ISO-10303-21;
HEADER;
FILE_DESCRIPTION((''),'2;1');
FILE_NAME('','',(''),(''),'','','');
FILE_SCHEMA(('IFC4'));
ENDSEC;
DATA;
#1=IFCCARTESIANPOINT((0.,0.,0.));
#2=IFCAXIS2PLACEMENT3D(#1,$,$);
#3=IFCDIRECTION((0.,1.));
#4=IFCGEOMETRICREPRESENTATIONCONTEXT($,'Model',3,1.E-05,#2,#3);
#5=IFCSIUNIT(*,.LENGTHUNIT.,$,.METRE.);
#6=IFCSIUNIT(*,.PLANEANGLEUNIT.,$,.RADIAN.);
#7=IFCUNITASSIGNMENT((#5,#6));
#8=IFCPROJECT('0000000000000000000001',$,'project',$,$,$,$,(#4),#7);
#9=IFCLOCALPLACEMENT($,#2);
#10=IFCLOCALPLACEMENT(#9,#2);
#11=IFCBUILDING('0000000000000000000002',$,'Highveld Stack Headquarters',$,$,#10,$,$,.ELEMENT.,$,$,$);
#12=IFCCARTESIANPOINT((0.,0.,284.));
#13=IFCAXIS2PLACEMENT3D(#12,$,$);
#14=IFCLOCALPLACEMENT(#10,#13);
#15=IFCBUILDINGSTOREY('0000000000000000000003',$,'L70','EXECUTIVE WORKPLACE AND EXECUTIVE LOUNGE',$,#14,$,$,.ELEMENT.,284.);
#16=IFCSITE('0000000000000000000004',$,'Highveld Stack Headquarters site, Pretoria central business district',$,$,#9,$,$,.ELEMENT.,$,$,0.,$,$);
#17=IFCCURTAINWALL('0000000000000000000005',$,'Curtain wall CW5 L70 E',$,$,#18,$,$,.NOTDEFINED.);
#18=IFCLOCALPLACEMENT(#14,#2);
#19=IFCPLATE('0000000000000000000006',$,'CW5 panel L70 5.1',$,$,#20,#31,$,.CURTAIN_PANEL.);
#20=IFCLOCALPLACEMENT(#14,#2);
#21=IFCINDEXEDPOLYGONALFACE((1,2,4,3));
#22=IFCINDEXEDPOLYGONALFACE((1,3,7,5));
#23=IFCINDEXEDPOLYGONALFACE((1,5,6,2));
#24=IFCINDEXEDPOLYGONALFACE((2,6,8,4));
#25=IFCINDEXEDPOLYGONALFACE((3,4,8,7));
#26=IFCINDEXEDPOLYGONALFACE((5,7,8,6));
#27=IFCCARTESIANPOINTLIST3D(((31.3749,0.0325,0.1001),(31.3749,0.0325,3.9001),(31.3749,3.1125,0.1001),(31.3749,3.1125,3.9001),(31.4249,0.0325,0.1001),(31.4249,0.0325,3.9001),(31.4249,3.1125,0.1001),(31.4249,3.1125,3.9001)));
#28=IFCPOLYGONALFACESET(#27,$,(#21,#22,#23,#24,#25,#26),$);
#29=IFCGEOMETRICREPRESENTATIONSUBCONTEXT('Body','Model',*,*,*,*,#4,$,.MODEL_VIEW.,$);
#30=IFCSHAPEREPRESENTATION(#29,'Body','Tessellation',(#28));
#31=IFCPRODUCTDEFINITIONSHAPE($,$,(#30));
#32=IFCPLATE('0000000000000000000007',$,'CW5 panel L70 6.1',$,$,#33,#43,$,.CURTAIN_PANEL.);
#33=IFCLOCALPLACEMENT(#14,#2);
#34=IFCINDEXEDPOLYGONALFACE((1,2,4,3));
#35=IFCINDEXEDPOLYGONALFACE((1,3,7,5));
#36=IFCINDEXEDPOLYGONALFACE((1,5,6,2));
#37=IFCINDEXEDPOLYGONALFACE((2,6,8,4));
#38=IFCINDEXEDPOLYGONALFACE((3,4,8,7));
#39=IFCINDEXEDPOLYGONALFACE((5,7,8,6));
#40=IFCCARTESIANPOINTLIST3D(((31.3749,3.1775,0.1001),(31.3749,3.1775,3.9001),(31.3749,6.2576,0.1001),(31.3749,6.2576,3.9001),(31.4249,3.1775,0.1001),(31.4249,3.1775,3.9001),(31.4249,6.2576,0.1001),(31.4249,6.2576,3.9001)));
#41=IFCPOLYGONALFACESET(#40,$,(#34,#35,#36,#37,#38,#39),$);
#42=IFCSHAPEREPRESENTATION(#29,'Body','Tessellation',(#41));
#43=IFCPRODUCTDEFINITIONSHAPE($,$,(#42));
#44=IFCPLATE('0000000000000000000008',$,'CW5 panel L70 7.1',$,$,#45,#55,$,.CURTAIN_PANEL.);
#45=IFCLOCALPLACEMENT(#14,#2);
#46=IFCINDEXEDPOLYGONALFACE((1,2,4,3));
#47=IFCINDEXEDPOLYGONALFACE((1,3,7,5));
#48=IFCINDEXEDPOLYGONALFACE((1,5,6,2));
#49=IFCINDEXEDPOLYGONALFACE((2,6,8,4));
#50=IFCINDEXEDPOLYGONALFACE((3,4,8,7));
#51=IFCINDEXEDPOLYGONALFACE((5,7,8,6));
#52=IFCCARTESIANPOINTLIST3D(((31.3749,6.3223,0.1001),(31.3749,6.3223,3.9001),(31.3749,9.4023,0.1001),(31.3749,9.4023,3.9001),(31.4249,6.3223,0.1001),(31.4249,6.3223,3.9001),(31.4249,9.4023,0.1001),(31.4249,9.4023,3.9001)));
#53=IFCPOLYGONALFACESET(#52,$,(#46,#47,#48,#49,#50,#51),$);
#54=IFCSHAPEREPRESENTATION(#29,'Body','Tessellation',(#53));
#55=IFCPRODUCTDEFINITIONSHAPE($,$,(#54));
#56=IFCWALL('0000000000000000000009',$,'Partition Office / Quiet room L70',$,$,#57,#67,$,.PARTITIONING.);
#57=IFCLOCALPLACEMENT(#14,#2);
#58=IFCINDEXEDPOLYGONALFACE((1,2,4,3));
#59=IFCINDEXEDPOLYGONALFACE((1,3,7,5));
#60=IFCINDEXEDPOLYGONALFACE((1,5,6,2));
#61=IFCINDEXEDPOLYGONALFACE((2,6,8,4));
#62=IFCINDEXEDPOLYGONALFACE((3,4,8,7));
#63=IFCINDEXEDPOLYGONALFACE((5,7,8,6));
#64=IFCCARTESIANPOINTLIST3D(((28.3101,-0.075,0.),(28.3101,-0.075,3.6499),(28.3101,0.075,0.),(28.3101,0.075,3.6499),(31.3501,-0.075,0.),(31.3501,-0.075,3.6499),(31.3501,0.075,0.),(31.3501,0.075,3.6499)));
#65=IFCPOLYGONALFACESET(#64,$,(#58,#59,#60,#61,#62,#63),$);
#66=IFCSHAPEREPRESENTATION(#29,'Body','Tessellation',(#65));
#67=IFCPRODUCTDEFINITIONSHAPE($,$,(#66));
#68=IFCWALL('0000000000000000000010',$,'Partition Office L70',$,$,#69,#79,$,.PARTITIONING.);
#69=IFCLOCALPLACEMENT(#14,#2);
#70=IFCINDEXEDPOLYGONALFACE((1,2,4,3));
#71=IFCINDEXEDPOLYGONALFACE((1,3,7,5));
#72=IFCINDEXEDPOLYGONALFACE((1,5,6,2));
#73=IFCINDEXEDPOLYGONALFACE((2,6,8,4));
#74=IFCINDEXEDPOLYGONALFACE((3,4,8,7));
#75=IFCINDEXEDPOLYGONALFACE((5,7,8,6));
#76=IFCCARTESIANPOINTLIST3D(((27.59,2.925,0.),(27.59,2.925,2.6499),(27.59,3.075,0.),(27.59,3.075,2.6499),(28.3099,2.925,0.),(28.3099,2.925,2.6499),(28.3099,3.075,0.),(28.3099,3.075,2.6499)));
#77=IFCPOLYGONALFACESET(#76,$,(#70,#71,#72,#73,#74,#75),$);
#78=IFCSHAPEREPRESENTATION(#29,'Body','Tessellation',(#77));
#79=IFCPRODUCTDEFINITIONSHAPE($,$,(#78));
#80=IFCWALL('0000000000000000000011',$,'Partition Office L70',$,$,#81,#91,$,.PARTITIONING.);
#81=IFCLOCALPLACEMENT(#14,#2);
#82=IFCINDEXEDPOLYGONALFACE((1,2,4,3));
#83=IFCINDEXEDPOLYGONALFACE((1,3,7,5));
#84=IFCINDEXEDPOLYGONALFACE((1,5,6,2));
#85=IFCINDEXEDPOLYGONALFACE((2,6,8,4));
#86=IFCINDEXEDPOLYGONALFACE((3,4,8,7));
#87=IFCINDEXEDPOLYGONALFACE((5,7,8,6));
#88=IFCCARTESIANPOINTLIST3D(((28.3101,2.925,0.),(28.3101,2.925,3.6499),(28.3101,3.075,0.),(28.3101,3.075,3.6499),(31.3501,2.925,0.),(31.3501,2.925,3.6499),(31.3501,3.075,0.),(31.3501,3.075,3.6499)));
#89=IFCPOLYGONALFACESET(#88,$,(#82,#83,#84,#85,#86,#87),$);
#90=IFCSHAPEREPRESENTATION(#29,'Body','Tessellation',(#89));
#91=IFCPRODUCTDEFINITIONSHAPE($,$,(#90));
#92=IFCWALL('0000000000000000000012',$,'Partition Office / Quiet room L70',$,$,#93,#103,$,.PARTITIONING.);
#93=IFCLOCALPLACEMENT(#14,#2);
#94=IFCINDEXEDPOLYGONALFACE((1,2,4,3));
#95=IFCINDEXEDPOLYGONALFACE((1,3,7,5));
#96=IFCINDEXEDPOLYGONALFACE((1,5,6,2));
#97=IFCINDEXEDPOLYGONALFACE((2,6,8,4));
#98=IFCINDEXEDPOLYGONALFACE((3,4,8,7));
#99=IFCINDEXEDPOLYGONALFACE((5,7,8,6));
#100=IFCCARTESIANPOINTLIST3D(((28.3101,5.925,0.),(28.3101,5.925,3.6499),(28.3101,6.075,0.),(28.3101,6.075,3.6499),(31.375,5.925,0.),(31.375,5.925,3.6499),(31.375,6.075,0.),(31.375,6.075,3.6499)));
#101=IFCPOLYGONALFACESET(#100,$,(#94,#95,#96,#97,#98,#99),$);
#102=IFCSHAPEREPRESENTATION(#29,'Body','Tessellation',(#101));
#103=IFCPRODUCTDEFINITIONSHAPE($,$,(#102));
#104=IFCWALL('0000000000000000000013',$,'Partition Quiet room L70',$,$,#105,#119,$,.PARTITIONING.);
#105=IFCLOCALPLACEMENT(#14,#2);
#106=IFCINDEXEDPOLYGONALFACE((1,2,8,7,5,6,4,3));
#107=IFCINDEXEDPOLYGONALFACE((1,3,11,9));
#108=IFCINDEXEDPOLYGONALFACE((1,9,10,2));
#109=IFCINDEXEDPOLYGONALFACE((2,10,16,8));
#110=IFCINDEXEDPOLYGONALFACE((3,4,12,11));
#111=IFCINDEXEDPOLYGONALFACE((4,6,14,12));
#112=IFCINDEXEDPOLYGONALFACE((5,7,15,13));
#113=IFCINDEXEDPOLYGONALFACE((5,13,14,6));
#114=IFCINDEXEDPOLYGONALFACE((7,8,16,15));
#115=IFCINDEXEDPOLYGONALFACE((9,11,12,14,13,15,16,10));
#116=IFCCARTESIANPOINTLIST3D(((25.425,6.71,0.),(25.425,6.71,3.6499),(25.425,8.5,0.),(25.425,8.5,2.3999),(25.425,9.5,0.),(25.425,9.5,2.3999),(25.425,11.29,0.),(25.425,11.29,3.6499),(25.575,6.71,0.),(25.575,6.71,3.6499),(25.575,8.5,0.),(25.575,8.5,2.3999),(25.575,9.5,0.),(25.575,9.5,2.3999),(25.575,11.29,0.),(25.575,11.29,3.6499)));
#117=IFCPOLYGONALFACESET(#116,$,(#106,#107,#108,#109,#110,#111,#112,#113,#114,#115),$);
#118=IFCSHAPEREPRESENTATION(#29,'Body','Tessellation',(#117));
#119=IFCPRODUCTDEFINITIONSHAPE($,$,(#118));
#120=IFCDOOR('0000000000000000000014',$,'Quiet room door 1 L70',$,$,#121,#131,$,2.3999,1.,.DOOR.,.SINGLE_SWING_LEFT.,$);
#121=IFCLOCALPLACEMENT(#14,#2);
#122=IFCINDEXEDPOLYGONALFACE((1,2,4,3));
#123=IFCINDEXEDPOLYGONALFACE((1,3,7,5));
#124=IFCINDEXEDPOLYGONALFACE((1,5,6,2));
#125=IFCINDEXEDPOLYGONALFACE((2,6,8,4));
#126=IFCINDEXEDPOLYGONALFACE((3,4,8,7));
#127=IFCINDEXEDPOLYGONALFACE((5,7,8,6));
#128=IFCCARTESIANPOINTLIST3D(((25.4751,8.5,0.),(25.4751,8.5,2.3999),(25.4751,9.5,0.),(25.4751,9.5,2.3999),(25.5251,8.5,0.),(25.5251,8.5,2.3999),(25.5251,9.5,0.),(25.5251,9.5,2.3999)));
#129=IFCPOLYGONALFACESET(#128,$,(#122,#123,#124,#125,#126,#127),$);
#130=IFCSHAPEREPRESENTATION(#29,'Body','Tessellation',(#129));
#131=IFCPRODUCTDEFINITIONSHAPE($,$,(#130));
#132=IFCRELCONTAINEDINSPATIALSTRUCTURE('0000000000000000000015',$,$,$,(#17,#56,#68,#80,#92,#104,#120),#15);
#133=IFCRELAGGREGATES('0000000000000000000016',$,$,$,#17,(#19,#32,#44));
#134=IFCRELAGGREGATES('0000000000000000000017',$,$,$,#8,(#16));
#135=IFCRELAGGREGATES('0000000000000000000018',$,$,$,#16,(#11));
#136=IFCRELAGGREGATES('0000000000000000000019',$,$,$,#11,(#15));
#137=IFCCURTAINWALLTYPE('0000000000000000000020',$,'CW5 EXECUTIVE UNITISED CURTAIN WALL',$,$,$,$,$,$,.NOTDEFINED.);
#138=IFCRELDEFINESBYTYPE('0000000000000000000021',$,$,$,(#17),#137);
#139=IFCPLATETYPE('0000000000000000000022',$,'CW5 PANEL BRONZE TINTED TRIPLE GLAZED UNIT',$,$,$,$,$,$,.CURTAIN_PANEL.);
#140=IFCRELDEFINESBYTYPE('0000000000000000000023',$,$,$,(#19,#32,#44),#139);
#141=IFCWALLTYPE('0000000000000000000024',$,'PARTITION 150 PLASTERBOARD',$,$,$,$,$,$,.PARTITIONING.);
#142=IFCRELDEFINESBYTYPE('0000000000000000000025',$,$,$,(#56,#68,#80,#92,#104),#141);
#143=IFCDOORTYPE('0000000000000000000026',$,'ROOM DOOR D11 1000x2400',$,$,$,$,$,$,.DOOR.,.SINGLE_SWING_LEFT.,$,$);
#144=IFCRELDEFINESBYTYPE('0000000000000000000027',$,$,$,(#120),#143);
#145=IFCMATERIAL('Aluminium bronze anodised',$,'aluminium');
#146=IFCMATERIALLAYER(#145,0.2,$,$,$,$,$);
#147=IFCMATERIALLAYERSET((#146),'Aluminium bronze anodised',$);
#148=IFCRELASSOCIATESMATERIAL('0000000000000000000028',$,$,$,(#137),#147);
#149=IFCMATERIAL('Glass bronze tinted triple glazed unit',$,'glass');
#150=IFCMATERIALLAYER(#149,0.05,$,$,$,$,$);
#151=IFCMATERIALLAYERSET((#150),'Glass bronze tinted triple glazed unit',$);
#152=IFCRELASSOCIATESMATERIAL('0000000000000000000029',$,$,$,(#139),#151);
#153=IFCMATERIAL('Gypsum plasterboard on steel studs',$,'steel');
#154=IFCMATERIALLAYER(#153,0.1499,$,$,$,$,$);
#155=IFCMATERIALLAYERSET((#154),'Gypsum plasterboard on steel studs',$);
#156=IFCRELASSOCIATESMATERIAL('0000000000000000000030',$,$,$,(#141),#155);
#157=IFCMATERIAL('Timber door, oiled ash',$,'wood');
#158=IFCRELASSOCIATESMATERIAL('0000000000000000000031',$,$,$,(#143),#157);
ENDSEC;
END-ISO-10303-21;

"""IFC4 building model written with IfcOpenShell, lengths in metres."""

from ifc_helpers import new_model, si_unit, direction, frame, frame_2d, origin, origin_2d, place, context, subcontext, project, spatial, rectangle, extrude, material, layer, layer_set, type_object, element, fill, aggregate, save


model = new_model("IFC4")

# Units and contexts
model_context = context("Model", 3, precision=1e-05, world=origin(), true_north=direction((0.0, 1.0)))
body_context = subcontext(model_context, "Body", "Model", "MODEL_VIEW")
ifc_project = project(units=[si_unit("LENGTHUNIT", "METRE"), si_unit("PLANEANGLEUNIT", "RADIAN")], contexts=[model_context])

# Site, building, storey
site_placement = place(None, origin())
site = spatial("IfcSite", under=ifc_project, at=site_placement, Name="Highveld Stack Headquarters site, Pretoria central business district", CompositionType="ELEMENT", RefElevation=0.0)
building_placement = place(site_placement, origin())
building = spatial("IfcBuilding", under=site, at=building_placement, Name="Highveld Stack Headquarters", CompositionType="ELEMENT")
storey_placement = place(building_placement, frame((0.0, 0.0, 284.0)))
storey = spatial("IfcBuildingStorey", under=building, at=storey_placement, Name="L70", Description="EXECUTIVE WORKPLACE AND EXECUTIVE LOUNGE", CompositionType="ELEMENT", Elevation=284.0)

# Curtain wall
ifc_material_1 = material(Name="Aluminium bronze anodised", Category="aluminium")
ifc_layer_1 = layer(ifc_material_1, 0.2)
ifc_layer_set_1 = layer_set([ifc_layer_1], Name="Aluminium bronze anodised")
curtain_wall_type = type_object("IfcCurtainWallType", Name="CW5 EXECUTIVE UNITISED CURTAIN WALL", PredefinedType="NOTDEFINED", material=ifc_layer_set_1)
curtain_wall_placement = place(storey_placement, origin())
curtain_wall = element("IfcCurtainWall", 1, at=curtain_wall_placement, inside=storey, type_object=curtain_wall_type, Name="Curtain wall CW5 L70 E", PredefinedType="NOTDEFINED")

# Plates
ifc_material_2 = material(Name="Glass bronze tinted triple glazed unit", Category="glass")
ifc_layer_2 = layer(ifc_material_2, 0.05)
ifc_layer_set_2 = layer_set([ifc_layer_2], Name="Glass bronze tinted triple glazed unit")
plate_type = type_object("IfcPlateType", Name="CW5 PANEL BRONZE TINTED TRIPLE GLAZED UNIT", PredefinedType="CURTAIN_PANEL", material=ifc_layer_set_2)
plate_1_placement = place(storey_placement, frame((31.3999, 1.5725, 0.1001), z_axis=(0.0, 0.0, 1.0), x_axis=(0.0, 1.0, 0.0)))
plate_1 = element("IfcPlate", 2, at=plate_1_placement, type_object=plate_type, Name="CW5 panel L70 5.1", PredefinedType="CURTAIN_PANEL", context=body_context, shape_type="SweptSolid", body=[
    extrude(rectangle(XDim=3.0801, YDim=0.05, at=origin_2d()), origin(), (0.0, 0.0, 1.0), 3.8),
])
plate_2_placement = place(storey_placement, frame((31.3999, 4.7175, 0.1001), z_axis=(0.0, 0.0, 1.0), x_axis=(0.0, 1.0, 0.0)))
plate_2 = element("IfcPlate", 3, at=plate_2_placement, type_object=plate_type, Name="CW5 panel L70 6.1", PredefinedType="CURTAIN_PANEL", context=body_context, shape_type="SweptSolid", body=[
    extrude(rectangle(XDim=3.0801, YDim=0.05, at=origin_2d()), origin(), (0.0, 0.0, 1.0), 3.8),
])
plate_3_placement = place(storey_placement, frame((31.3999, 7.8623, 0.1001), z_axis=(0.0, 0.0, 1.0), x_axis=(0.0, 1.0, 0.0)))
plate_3 = element("IfcPlate", 4, at=plate_3_placement, type_object=plate_type, Name="CW5 panel L70 7.1", PredefinedType="CURTAIN_PANEL", context=body_context, shape_type="SweptSolid", body=[
    extrude(rectangle(XDim=3.0801, YDim=0.05, at=origin_2d()), origin(), (0.0, 0.0, 1.0), 3.8),
])
aggregate(curtain_wall, [plate_1, plate_2, plate_3])

# Walls
ifc_material_3 = material(Name="Gypsum plasterboard on steel studs", Category="steel")
ifc_layer_3 = layer(ifc_material_3, 0.1499)
ifc_layer_set_3 = layer_set([ifc_layer_3], Name="Gypsum plasterboard on steel studs")
wall_type = type_object("IfcWallType", Name="PARTITION 150 PLASTERBOARD", PredefinedType="PARTITIONING", material=ifc_layer_set_3)
wall_1_placement = place(storey_placement, frame((28.3101, 0.0, 0.0), z_axis=(0.0, 0.0, 1.0), x_axis=(1.0, 0.0, 0.0)))
element("IfcWall", 5, at=wall_1_placement, inside=storey, type_object=wall_type, Name="Partition Office / Quiet room L70", PredefinedType="PARTITIONING", context=body_context, shape_type="SweptSolid", body=[
    extrude(rectangle(XDim=3.04, YDim=0.1499, at=frame_2d((1.52, 0.0))), origin(), (0.0, 0.0, 1.0), 3.6499),
])
wall_2_placement = place(storey_placement, frame((27.5901, 3.0, 0.0), z_axis=(0.0, 0.0, 1.0), x_axis=(1.0, 0.0, 0.0)))
element("IfcWall", 6, at=wall_2_placement, inside=storey, type_object=wall_type, Name="Partition Office L70", PredefinedType="PARTITIONING", context=body_context, shape_type="SweptSolid", body=[
    extrude(rectangle(XDim=0.72, YDim=0.1499, at=frame_2d((0.3599, 0.0))), origin(), (0.0, 0.0, 1.0), 2.6499),
])
wall_3_placement = place(storey_placement, frame((28.3101, 3.0, 0.0), z_axis=(0.0, 0.0, 1.0), x_axis=(1.0, 0.0, 0.0)))
element("IfcWall", 7, at=wall_3_placement, inside=storey, type_object=wall_type, Name="Partition Office L70", PredefinedType="PARTITIONING", context=body_context, shape_type="SweptSolid", body=[
    extrude(rectangle(XDim=3.04, YDim=0.1499, at=frame_2d((1.52, 0.0))), origin(), (0.0, 0.0, 1.0), 3.6499),
])
wall_4_placement = place(storey_placement, frame((28.3101, 6.0, 0.0), z_axis=(0.0, 0.0, 1.0), x_axis=(1.0, 0.0, 0.0)))
element("IfcWall", 8, at=wall_4_placement, inside=storey, type_object=wall_type, Name="Partition Office / Quiet room L70", PredefinedType="PARTITIONING", context=body_context, shape_type="SweptSolid", body=[
    extrude(rectangle(XDim=3.0649, YDim=0.1499, at=frame_2d((1.5325, 0.0))), origin(), (0.0, 0.0, 1.0), 3.6499),
])

# Wall, opening, door
wall_5_placement = place(storey_placement, frame((25.5, 6.71, 0.0), z_axis=(0.0, 0.0, 1.0), x_axis=(0.0, 1.0, 0.0)))
wall_5 = element("IfcWall", 9, at=wall_5_placement, inside=storey, type_object=wall_type, Name="Partition Quiet room L70", PredefinedType="PARTITIONING", context=body_context, shape_type="SweptSolid", body=[
    extrude(rectangle(XDim=4.5801, YDim=0.1499, at=frame_2d((2.29, 0.0))), origin(), (0.0, 0.0, 1.0), 3.6499),
])
opening_placement = place(wall_5_placement, frame((1.79, 0.0, 0.0)))
opening = element("IfcOpeningElement", 10, at=opening_placement, cuts=wall_5, PredefinedType="OPENING", context=body_context, shape_type="SweptSolid", body=[
    extrude(rectangle(XDim=1.0, YDim=2.3999, at=frame_2d((0.5, 1.2))), frame((0.0, 0.085, 0.0), z_axis=(0.0, -1.0, 0.0), x_axis=(1.0, 0.0, 0.0)), (0.0, 0.0, 1.0), 0.1699),
])
ifc_material_4 = material(Name="Timber door, oiled ash", Category="wood")
door_type = type_object("IfcDoorType", Name="ROOM DOOR D11 1000x2400", OperationType="SINGLE_SWING_LEFT", PredefinedType="DOOR", material=ifc_material_4)
door_placement = place(opening_placement, origin())
door = element("IfcDoor", 11, at=door_placement, inside=storey, type_object=door_type, Name="Quiet room door 1 L70", OperationType="SINGLE_SWING_LEFT", OverallHeight=2.3999, OverallWidth=1.0, PredefinedType="DOOR", context=body_context, shape_type="SweptSolid", body=[
    extrude(rectangle(XDim=1.0, YDim=2.3999, at=frame_2d((0.5, 1.2))), frame((0.0, 0.0249, 0.0), z_axis=(0.0, -1.0, 0.0), x_axis=(1.0, 0.0, 0.0)), (0.0, 0.0, 1.0), 0.05),
])
fill(opening, door)

save(model, "model.ifc")
